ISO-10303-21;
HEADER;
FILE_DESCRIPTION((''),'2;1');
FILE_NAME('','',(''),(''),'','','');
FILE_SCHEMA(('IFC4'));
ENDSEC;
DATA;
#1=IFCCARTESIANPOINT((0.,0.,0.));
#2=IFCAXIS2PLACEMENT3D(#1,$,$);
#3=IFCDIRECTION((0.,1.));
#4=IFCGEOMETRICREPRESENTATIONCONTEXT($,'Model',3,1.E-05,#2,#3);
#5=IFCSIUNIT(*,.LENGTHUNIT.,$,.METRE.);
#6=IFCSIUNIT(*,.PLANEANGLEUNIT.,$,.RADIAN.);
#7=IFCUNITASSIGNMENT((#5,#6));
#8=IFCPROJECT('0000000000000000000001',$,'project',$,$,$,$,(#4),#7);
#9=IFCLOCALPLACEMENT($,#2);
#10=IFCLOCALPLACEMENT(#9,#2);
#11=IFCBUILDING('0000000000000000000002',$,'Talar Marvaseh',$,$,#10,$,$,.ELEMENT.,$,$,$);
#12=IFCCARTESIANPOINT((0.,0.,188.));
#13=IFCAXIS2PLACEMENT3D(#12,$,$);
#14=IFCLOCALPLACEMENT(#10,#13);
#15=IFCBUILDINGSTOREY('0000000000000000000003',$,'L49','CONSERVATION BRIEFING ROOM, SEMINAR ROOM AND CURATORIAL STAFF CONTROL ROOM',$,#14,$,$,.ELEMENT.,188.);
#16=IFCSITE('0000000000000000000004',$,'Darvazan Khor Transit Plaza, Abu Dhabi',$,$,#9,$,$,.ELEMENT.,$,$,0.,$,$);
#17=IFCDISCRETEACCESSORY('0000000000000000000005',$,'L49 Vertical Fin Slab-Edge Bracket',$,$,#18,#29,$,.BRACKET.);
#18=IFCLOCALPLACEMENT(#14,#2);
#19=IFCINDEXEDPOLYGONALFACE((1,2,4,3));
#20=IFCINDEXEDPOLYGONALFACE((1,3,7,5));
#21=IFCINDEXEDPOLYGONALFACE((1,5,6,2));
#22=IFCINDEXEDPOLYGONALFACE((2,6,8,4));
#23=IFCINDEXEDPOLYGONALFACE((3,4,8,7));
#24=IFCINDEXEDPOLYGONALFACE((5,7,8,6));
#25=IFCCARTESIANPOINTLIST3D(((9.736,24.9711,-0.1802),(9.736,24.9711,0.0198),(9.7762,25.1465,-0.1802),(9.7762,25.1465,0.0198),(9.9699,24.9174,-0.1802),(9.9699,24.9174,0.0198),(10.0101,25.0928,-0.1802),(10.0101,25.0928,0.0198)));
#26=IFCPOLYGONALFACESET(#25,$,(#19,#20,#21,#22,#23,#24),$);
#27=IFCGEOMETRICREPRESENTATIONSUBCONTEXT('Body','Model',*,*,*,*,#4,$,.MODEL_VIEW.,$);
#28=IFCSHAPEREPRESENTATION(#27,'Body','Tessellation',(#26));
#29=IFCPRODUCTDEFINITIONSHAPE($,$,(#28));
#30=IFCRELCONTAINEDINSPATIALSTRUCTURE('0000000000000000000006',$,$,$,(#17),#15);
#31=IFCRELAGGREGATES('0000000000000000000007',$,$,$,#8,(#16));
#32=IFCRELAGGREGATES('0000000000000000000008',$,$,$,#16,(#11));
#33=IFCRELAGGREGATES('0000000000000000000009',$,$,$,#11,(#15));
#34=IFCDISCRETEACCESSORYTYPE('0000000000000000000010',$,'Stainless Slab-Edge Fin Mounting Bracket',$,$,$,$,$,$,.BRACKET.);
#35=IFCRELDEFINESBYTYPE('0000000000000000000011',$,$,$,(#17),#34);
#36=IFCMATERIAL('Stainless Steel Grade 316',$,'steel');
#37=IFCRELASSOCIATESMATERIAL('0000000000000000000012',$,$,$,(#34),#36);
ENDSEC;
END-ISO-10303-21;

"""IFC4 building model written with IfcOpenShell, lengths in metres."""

from ifc_helpers import new_model, si_unit, direction, frame, origin, origin_2d, place, context, subcontext, project, spatial, rectangle, extrude, source, transform, mapped, material, type_object, type_shapes, element, save


model = new_model("IFC4")

# Units and contexts
model_context = context("Model", 3, precision=1e-05, world=origin(), true_north=direction((0.0, 1.0)))
body_context = subcontext(model_context, "Body", "Model", "MODEL_VIEW")
ifc_project = project(units=[si_unit("LENGTHUNIT", "METRE"), si_unit("PLANEANGLEUNIT", "RADIAN")], contexts=[model_context])

# Site, building, storey
site_placement = place(None, origin())
site = spatial("IfcSite", under=ifc_project, at=site_placement, Name="Darvazan Khor Transit Plaza, Abu Dhabi", CompositionType="ELEMENT", RefElevation=0.0)
building_placement = place(site_placement, origin())
building = spatial("IfcBuilding", under=site, at=building_placement, Name="Talar Marvaseh", CompositionType="ELEMENT")
storey_placement = place(building_placement, frame((0.0, 0.0, 188.0)))
storey = spatial("IfcBuildingStorey", under=building, at=storey_placement, Name="L49", Description="CONSERVATION BRIEFING ROOM, SEMINAR ROOM AND CURATORIAL STAFF CONTROL ROOM", CompositionType="ELEMENT", Elevation=188.0)

# Discrete accessory
ifc_material_1 = material(Name="Stainless Steel Grade 316", Category="steel")
discrete_accessory_type = type_object("IfcDiscreteAccessoryType", Name="Stainless Slab-Edge Fin Mounting Bracket", PredefinedType="BRACKET", material=ifc_material_1)
shared_shape_1 = source(origin(), body_context, "Body", "SweptSolid", [
    extrude(rectangle(XDim=0.24, YDim=0.1799, at=origin_2d()), origin(), (0.0, 0.0, 1.0), 0.2),
])
type_shapes(discrete_accessory_type, [shared_shape_1])
for number, where, z_axis, x_axis, name in (
    (1, (9.873, 25.032, -0.1802), (0.0, 0.0, 1.0), (-0.974644, 0.22376, 0.0), "L49 Vertical Fin Slab-Edge Bracket"),
):
    element("IfcDiscreteAccessory", number, at=place(storey_placement, frame(where, z_axis=z_axis, x_axis=x_axis)), inside=storey, type_object=discrete_accessory_type, Name=name, PredefinedType="BRACKET", context=body_context, shape_type="MappedRepresentation", body=[
        mapped(shared_shape_1, transform((0.0, 0.0, 0.0), x_axis=(1.0, 0.0, 0.0), y_axis=(0.0, 1.0, 0.0), z_axis=(0.0, 0.0, 1.0), scale=1.0)),
    ])

save(model, "model.ifc")
